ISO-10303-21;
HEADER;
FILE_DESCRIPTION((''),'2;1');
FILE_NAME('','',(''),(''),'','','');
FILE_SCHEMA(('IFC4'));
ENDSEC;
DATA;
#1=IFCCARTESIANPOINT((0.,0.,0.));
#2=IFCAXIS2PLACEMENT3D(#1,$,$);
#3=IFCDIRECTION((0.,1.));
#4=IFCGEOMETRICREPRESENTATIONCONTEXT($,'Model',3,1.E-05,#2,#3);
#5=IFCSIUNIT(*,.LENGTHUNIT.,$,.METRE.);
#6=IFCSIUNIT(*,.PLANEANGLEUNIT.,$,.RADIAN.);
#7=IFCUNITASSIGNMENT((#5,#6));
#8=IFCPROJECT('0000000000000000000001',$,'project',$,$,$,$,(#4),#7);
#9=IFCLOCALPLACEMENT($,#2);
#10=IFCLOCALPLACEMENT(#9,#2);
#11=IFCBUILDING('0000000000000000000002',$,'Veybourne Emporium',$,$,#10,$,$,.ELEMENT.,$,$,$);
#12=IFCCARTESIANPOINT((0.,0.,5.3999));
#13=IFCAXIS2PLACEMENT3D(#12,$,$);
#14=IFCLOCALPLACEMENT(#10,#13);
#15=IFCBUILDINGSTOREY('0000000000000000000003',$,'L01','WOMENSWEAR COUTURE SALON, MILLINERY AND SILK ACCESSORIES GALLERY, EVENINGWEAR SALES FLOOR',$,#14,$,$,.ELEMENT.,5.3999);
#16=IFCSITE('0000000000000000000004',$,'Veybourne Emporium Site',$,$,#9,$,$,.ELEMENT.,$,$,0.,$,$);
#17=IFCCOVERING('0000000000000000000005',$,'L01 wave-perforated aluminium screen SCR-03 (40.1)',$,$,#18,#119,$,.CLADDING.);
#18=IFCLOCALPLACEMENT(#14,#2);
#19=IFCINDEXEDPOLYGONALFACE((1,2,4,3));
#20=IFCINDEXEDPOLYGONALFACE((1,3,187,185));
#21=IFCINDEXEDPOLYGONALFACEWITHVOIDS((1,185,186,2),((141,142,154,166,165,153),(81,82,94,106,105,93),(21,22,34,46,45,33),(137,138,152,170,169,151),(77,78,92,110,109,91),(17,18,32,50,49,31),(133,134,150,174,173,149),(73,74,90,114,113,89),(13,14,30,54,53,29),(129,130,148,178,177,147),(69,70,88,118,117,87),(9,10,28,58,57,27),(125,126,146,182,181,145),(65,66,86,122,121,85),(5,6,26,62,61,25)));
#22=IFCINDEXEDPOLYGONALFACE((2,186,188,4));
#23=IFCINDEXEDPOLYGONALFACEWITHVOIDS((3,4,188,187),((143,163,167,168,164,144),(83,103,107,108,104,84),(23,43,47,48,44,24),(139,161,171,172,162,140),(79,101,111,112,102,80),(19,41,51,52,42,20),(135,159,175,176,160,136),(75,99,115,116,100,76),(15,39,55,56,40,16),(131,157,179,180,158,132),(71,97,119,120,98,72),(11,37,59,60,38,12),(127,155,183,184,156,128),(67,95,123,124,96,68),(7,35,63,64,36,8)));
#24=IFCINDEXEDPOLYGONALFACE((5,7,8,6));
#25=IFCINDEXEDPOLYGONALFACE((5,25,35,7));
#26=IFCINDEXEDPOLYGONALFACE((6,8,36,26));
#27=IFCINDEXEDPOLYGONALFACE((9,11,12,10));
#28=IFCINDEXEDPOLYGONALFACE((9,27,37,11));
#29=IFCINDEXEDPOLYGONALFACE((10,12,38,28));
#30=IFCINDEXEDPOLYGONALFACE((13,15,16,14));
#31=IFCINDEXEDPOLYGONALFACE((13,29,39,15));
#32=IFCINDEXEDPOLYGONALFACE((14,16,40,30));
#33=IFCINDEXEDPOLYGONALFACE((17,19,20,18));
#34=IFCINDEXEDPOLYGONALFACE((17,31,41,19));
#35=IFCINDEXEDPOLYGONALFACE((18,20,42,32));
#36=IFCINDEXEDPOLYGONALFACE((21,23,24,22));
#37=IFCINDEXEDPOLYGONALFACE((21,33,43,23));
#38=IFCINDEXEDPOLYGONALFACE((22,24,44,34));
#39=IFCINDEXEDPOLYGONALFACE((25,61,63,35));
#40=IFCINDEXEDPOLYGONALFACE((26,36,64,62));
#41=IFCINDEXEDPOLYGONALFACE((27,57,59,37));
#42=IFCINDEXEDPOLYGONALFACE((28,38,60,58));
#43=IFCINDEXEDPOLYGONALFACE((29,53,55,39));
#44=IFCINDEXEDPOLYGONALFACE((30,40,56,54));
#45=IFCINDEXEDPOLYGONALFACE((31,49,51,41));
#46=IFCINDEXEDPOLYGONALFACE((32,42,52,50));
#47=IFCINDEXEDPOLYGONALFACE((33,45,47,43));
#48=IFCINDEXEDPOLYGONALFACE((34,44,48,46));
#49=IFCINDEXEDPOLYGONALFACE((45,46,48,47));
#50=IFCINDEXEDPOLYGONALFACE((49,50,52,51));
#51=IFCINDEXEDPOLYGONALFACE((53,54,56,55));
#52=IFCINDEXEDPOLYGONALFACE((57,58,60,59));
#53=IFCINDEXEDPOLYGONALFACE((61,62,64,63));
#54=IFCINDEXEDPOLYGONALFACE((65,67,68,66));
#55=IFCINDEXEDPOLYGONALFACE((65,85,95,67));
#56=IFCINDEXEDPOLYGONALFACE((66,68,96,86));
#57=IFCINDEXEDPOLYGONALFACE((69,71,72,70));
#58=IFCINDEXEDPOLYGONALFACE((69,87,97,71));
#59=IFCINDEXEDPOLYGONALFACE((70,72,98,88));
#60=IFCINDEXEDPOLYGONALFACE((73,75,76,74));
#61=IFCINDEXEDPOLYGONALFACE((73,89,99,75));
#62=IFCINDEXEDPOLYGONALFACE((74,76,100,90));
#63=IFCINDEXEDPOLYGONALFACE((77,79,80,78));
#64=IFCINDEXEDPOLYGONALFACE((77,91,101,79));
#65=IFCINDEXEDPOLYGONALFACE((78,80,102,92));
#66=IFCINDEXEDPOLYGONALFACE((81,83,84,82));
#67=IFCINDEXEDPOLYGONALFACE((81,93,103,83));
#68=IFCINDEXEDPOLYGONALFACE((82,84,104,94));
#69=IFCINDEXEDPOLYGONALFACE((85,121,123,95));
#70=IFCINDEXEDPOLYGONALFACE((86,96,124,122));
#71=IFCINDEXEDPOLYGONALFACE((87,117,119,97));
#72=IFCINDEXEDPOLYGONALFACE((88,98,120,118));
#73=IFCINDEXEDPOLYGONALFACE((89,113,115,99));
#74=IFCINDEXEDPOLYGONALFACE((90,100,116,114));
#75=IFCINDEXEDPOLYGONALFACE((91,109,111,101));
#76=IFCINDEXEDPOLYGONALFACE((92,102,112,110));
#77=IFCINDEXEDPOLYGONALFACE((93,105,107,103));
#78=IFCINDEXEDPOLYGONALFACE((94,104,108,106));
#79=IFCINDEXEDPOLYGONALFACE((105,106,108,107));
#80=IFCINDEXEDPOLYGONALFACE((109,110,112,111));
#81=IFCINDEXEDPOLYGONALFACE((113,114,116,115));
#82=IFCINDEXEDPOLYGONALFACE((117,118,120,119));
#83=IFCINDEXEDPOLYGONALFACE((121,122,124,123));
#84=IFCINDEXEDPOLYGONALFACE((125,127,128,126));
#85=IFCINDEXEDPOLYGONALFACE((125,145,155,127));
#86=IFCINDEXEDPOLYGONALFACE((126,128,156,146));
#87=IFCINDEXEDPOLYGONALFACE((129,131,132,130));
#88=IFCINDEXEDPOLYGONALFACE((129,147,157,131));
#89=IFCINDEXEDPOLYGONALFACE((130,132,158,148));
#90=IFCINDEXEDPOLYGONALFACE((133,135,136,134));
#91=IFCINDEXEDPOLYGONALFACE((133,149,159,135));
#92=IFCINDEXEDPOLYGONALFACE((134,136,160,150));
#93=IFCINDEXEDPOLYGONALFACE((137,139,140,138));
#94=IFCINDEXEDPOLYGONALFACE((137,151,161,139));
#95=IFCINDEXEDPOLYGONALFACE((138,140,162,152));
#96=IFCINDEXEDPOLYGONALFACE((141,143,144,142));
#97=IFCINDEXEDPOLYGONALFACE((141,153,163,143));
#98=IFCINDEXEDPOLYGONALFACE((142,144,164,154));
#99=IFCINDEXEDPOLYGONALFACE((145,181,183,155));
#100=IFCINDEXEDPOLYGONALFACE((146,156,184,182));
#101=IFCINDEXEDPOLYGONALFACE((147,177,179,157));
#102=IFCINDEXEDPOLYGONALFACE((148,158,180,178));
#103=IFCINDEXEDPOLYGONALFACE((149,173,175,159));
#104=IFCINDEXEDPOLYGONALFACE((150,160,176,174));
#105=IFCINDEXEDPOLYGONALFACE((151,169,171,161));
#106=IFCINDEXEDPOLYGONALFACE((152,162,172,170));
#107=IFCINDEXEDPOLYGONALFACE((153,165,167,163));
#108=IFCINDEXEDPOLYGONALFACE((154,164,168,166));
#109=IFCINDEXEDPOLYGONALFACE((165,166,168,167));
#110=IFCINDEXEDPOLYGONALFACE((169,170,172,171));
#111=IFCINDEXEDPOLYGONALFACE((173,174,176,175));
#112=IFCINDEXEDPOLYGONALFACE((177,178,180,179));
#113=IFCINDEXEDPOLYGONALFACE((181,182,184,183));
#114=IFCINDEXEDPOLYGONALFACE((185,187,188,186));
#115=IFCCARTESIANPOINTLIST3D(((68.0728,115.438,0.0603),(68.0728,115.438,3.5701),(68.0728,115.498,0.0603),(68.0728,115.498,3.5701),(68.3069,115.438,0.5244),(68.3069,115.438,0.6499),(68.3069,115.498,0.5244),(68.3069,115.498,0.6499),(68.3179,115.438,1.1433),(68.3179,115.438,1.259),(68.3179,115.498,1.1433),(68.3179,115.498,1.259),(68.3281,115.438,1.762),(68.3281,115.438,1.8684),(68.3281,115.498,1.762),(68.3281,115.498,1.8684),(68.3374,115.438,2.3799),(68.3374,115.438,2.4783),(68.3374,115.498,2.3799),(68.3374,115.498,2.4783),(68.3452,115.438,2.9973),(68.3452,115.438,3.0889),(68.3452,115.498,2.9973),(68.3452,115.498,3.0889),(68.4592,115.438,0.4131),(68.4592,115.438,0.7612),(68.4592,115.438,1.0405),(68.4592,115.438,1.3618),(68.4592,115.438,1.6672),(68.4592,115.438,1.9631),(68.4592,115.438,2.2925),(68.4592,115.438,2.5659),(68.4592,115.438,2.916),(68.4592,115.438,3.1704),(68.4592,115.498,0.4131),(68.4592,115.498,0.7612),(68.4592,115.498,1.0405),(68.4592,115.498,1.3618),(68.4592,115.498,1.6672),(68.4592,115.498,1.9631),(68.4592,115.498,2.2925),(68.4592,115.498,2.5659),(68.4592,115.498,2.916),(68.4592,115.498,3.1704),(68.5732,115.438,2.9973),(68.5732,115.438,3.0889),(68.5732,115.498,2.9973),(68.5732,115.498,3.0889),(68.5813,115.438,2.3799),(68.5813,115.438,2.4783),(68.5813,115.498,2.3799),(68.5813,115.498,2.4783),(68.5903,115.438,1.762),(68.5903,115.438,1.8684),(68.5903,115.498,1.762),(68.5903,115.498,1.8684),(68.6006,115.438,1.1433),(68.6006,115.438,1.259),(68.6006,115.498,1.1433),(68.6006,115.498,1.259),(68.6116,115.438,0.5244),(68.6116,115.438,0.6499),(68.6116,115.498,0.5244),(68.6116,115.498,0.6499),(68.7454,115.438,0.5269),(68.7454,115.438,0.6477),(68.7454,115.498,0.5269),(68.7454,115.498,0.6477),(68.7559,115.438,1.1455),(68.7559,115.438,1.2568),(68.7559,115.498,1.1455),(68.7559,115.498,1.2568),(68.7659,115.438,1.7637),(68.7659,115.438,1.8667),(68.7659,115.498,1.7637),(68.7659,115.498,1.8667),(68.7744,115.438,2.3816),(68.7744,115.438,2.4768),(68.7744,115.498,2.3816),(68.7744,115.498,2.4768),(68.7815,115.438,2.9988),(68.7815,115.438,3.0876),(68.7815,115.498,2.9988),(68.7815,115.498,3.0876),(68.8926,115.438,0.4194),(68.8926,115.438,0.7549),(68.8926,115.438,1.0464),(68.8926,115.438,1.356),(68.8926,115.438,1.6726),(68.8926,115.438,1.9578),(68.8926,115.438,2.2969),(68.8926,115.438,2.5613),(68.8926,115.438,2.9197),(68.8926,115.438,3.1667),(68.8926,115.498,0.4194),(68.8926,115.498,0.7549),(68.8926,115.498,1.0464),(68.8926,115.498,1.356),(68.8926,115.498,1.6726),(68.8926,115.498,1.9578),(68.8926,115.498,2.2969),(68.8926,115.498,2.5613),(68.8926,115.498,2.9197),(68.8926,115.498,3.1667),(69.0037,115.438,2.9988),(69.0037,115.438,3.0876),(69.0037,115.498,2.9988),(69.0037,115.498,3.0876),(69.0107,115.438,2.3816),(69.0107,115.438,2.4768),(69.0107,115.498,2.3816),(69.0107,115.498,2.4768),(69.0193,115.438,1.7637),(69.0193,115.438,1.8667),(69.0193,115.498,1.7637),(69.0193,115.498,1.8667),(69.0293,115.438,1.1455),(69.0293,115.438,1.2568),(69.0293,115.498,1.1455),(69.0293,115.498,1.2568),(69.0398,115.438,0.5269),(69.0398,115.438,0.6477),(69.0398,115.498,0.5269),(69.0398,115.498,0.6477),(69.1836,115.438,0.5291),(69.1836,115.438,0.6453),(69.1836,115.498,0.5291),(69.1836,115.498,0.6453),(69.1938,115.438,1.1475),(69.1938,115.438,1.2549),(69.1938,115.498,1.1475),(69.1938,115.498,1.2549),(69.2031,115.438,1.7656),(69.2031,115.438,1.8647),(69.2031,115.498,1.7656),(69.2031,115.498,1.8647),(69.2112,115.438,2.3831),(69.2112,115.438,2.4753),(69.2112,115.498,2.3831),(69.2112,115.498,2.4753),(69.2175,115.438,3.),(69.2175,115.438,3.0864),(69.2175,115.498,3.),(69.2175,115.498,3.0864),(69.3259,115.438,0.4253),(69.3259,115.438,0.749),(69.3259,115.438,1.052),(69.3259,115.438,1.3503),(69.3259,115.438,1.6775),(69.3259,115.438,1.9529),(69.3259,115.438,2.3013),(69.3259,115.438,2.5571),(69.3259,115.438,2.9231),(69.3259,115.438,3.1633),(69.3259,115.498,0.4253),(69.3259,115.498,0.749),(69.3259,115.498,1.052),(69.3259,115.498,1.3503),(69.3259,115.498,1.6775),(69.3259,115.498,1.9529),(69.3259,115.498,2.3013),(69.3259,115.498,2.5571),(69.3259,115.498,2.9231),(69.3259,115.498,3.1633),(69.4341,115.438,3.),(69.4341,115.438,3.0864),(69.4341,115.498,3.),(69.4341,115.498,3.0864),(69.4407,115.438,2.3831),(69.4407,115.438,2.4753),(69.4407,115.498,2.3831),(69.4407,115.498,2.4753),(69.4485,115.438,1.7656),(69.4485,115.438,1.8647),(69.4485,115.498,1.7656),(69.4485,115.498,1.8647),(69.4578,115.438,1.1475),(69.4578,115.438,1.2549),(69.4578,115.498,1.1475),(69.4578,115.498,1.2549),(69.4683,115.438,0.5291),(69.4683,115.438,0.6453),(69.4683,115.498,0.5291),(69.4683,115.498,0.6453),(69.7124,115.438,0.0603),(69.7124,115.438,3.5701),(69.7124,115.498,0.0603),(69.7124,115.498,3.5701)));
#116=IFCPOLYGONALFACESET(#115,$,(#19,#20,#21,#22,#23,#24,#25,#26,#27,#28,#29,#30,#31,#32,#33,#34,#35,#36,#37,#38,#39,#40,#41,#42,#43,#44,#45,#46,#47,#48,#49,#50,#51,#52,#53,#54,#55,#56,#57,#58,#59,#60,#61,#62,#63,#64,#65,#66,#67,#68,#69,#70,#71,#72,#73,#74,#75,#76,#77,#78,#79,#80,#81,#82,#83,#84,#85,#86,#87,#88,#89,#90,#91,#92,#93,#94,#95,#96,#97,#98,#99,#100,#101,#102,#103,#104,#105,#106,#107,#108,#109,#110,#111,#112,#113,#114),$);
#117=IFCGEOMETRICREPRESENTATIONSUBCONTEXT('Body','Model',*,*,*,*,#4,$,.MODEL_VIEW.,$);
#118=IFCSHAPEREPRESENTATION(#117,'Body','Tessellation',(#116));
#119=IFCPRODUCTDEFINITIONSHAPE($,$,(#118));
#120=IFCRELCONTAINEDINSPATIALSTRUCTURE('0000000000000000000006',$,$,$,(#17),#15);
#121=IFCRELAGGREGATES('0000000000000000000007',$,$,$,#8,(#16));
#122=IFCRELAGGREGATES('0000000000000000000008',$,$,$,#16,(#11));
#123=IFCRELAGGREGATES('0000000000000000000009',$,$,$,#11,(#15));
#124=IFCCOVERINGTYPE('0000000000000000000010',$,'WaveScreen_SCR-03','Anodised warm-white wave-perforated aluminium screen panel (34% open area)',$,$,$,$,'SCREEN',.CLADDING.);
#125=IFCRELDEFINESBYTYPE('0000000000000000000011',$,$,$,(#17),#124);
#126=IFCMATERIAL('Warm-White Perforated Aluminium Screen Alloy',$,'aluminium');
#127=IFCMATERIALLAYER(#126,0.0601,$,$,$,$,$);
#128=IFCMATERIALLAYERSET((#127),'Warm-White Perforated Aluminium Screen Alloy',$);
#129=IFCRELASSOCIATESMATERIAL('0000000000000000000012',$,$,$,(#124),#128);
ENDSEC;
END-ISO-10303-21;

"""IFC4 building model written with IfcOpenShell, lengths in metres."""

from ifc_helpers import new_model, si_unit, direction, frame, origin, place, context, subcontext, project, spatial, polyline, outline, extrude, material, layer, layer_set, type_object, element, save


model = new_model("IFC4")

# Units and contexts
model_context = context("Model", 3, precision=1e-05, world=origin(), true_north=direction((0.0, 1.0)))
body_context = subcontext(model_context, "Body", "Model", "MODEL_VIEW")
ifc_project = project(units=[si_unit("LENGTHUNIT", "METRE"), si_unit("PLANEANGLEUNIT", "RADIAN")], contexts=[model_context])

# Site, building, storey
site_placement = place(None, origin())
site = spatial("IfcSite", under=ifc_project, at=site_placement, Name="Veybourne Emporium Site", CompositionType="ELEMENT", RefElevation=0.0)
building_placement = place(site_placement, origin())
building = spatial("IfcBuilding", under=site, at=building_placement, Name="Veybourne Emporium", CompositionType="ELEMENT")
storey_placement = place(building_placement, frame((0.0, 0.0, 5.3999)))
storey = spatial("IfcBuildingStorey", under=building, at=storey_placement, Name="L01", Description="WOMENSWEAR COUTURE SALON, MILLINERY AND SILK ACCESSORIES GALLERY, EVENINGWEAR SALES FLOOR", CompositionType="ELEMENT", Elevation=5.3999)

# Covering
ifc_material_1 = material(Name="Warm-White Perforated Aluminium Screen Alloy", Category="aluminium")
ifc_layer_1 = layer(ifc_material_1, 0.0601)
ifc_layer_set_1 = layer_set([ifc_layer_1], Name="Warm-White Perforated Aluminium Screen Alloy")
covering_type_1 = type_object("IfcCoveringType", Name="WaveScreen_SCR-03", Description="Anodised warm-white wave-perforated aluminium screen panel (34% open area)", ElementType="SCREEN", PredefinedType="CLADDING", material=ifc_layer_set_1)
covering_1_placement = place(storey_placement, frame((68.8926, 115.498, 1.8152), z_axis=(0.0, -1.0, 0.0), x_axis=(1.0, 0.0, 0.0)))
element("IfcCovering", 1, at=covering_1_placement, inside=storey, type_object=covering_type_1, Name="L01 wave-perforated aluminium screen SCR-03 (40.1)", PredefinedType="CLADDING", context=body_context, shape_type="SweptSolid", body=[
    extrude(outline(polyline([(-0.8198, -1.7549), (0.8198, -1.7549), (0.8198, 1.7549), (-0.8198, 1.7549), (-0.8198, -1.7549)]), holes=[polyline([(-0.4333, -1.054), (-0.281, -1.1653), (-0.281, -1.2908), (-0.4333, -1.4021), (-0.5857, -1.2908), (-0.5857, -1.1653), (-0.4333, -1.054)]), polyline([(-0.4333, -0.4534), (-0.292, -0.5562), (-0.292, -0.6719), (-0.4333, -0.7747), (-0.5747, -0.6719), (-0.5747, -0.5562), (-0.4333, -0.4534)]), polyline([(-0.4333, 0.1479), (-0.3022, 0.0532), (-0.3022, -0.0532), (-0.4333, -0.1479), (-0.5645, -0.0532), (-0.5645, 0.0532), (-0.4333, 0.1479)]), polyline([(-0.4333, 0.7507), (-0.3113, 0.6631), (-0.3113, 0.5647), (-0.4333, 0.4773), (-0.5552, 0.5647), (-0.5552, 0.6631), (-0.4333, 0.7507)]), polyline([(-0.4333, 1.3552), (-0.3193, 1.2737), (-0.3193, 1.1821), (-0.4333, 1.1008), (-0.5474, 1.1821), (-0.5474, 1.2737), (-0.4333, 1.3552)]), polyline([(0.0, -1.0603), (0.1472, -1.1675), (0.1472, -1.2883), (0.0, -1.3958), (-0.1472, -1.2883), (-0.1472, -1.1675), (0.0, -1.0603)]), polyline([(0.0, -0.4592), (0.1367, -0.5583), (0.1367, -0.6697), (0.0, -0.7688), (-0.1367, -0.6697), (-0.1367, -0.5583), (0.0, -0.4592)]), polyline([(0.0, 0.1426), (0.1267, 0.0515), (0.1267, -0.0515), (0.0, -0.1426), (-0.1267, -0.0515), (-0.1267, 0.0515), (0.0, 0.1426)]), polyline([(0.0, 0.7461), (0.1182, 0.6616), (0.1182, 0.5664), (0.0, 0.4817), (-0.1182, 0.5664), (-0.1182, 0.6616), (0.0, 0.7461)]), polyline([(0.0, 1.3516), (0.1111, 1.2725), (0.1111, 1.1836), (0.0, 1.1045), (-0.1111, 1.1836), (-0.1111, 1.2725), (0.0, 1.3516)]), polyline([(0.4333, -1.0662), (0.5757, -1.1699), (0.5757, -1.2861), (0.4333, -1.3899), (0.291, -1.2861), (0.291, -1.1699), (0.4333, -1.0662)]), polyline([(0.4333, -0.4648), (0.5652, -0.5603), (0.5652, -0.6677), (0.4333, -0.7632), (0.3013, -0.6677), (0.3013, -0.5603), (0.4333, -0.4648)]), polyline([(0.4333, 0.1377), (0.5559, 0.0496), (0.5559, -0.0496), (0.4333, -0.1377), (0.3105, -0.0496), (0.3105, 0.0496), (0.4333, 0.1377)]), polyline([(0.4333, 0.7419), (0.5481, 0.6602), (0.5481, 0.5679), (0.4333, 0.4861), (0.3186, 0.5679), (0.3186, 0.6602), (0.4333, 0.7419)]), polyline([(0.4333, 1.3481), (0.5415, 1.2712), (0.5415, 1.1848), (0.4333, 1.1079), (0.325, 1.1848), (0.325, 1.2712), (0.4333, 1.3481)])]), origin(), (0.0, 0.0, 1.0), 0.0601),
])

save(model, "model.ifc")
